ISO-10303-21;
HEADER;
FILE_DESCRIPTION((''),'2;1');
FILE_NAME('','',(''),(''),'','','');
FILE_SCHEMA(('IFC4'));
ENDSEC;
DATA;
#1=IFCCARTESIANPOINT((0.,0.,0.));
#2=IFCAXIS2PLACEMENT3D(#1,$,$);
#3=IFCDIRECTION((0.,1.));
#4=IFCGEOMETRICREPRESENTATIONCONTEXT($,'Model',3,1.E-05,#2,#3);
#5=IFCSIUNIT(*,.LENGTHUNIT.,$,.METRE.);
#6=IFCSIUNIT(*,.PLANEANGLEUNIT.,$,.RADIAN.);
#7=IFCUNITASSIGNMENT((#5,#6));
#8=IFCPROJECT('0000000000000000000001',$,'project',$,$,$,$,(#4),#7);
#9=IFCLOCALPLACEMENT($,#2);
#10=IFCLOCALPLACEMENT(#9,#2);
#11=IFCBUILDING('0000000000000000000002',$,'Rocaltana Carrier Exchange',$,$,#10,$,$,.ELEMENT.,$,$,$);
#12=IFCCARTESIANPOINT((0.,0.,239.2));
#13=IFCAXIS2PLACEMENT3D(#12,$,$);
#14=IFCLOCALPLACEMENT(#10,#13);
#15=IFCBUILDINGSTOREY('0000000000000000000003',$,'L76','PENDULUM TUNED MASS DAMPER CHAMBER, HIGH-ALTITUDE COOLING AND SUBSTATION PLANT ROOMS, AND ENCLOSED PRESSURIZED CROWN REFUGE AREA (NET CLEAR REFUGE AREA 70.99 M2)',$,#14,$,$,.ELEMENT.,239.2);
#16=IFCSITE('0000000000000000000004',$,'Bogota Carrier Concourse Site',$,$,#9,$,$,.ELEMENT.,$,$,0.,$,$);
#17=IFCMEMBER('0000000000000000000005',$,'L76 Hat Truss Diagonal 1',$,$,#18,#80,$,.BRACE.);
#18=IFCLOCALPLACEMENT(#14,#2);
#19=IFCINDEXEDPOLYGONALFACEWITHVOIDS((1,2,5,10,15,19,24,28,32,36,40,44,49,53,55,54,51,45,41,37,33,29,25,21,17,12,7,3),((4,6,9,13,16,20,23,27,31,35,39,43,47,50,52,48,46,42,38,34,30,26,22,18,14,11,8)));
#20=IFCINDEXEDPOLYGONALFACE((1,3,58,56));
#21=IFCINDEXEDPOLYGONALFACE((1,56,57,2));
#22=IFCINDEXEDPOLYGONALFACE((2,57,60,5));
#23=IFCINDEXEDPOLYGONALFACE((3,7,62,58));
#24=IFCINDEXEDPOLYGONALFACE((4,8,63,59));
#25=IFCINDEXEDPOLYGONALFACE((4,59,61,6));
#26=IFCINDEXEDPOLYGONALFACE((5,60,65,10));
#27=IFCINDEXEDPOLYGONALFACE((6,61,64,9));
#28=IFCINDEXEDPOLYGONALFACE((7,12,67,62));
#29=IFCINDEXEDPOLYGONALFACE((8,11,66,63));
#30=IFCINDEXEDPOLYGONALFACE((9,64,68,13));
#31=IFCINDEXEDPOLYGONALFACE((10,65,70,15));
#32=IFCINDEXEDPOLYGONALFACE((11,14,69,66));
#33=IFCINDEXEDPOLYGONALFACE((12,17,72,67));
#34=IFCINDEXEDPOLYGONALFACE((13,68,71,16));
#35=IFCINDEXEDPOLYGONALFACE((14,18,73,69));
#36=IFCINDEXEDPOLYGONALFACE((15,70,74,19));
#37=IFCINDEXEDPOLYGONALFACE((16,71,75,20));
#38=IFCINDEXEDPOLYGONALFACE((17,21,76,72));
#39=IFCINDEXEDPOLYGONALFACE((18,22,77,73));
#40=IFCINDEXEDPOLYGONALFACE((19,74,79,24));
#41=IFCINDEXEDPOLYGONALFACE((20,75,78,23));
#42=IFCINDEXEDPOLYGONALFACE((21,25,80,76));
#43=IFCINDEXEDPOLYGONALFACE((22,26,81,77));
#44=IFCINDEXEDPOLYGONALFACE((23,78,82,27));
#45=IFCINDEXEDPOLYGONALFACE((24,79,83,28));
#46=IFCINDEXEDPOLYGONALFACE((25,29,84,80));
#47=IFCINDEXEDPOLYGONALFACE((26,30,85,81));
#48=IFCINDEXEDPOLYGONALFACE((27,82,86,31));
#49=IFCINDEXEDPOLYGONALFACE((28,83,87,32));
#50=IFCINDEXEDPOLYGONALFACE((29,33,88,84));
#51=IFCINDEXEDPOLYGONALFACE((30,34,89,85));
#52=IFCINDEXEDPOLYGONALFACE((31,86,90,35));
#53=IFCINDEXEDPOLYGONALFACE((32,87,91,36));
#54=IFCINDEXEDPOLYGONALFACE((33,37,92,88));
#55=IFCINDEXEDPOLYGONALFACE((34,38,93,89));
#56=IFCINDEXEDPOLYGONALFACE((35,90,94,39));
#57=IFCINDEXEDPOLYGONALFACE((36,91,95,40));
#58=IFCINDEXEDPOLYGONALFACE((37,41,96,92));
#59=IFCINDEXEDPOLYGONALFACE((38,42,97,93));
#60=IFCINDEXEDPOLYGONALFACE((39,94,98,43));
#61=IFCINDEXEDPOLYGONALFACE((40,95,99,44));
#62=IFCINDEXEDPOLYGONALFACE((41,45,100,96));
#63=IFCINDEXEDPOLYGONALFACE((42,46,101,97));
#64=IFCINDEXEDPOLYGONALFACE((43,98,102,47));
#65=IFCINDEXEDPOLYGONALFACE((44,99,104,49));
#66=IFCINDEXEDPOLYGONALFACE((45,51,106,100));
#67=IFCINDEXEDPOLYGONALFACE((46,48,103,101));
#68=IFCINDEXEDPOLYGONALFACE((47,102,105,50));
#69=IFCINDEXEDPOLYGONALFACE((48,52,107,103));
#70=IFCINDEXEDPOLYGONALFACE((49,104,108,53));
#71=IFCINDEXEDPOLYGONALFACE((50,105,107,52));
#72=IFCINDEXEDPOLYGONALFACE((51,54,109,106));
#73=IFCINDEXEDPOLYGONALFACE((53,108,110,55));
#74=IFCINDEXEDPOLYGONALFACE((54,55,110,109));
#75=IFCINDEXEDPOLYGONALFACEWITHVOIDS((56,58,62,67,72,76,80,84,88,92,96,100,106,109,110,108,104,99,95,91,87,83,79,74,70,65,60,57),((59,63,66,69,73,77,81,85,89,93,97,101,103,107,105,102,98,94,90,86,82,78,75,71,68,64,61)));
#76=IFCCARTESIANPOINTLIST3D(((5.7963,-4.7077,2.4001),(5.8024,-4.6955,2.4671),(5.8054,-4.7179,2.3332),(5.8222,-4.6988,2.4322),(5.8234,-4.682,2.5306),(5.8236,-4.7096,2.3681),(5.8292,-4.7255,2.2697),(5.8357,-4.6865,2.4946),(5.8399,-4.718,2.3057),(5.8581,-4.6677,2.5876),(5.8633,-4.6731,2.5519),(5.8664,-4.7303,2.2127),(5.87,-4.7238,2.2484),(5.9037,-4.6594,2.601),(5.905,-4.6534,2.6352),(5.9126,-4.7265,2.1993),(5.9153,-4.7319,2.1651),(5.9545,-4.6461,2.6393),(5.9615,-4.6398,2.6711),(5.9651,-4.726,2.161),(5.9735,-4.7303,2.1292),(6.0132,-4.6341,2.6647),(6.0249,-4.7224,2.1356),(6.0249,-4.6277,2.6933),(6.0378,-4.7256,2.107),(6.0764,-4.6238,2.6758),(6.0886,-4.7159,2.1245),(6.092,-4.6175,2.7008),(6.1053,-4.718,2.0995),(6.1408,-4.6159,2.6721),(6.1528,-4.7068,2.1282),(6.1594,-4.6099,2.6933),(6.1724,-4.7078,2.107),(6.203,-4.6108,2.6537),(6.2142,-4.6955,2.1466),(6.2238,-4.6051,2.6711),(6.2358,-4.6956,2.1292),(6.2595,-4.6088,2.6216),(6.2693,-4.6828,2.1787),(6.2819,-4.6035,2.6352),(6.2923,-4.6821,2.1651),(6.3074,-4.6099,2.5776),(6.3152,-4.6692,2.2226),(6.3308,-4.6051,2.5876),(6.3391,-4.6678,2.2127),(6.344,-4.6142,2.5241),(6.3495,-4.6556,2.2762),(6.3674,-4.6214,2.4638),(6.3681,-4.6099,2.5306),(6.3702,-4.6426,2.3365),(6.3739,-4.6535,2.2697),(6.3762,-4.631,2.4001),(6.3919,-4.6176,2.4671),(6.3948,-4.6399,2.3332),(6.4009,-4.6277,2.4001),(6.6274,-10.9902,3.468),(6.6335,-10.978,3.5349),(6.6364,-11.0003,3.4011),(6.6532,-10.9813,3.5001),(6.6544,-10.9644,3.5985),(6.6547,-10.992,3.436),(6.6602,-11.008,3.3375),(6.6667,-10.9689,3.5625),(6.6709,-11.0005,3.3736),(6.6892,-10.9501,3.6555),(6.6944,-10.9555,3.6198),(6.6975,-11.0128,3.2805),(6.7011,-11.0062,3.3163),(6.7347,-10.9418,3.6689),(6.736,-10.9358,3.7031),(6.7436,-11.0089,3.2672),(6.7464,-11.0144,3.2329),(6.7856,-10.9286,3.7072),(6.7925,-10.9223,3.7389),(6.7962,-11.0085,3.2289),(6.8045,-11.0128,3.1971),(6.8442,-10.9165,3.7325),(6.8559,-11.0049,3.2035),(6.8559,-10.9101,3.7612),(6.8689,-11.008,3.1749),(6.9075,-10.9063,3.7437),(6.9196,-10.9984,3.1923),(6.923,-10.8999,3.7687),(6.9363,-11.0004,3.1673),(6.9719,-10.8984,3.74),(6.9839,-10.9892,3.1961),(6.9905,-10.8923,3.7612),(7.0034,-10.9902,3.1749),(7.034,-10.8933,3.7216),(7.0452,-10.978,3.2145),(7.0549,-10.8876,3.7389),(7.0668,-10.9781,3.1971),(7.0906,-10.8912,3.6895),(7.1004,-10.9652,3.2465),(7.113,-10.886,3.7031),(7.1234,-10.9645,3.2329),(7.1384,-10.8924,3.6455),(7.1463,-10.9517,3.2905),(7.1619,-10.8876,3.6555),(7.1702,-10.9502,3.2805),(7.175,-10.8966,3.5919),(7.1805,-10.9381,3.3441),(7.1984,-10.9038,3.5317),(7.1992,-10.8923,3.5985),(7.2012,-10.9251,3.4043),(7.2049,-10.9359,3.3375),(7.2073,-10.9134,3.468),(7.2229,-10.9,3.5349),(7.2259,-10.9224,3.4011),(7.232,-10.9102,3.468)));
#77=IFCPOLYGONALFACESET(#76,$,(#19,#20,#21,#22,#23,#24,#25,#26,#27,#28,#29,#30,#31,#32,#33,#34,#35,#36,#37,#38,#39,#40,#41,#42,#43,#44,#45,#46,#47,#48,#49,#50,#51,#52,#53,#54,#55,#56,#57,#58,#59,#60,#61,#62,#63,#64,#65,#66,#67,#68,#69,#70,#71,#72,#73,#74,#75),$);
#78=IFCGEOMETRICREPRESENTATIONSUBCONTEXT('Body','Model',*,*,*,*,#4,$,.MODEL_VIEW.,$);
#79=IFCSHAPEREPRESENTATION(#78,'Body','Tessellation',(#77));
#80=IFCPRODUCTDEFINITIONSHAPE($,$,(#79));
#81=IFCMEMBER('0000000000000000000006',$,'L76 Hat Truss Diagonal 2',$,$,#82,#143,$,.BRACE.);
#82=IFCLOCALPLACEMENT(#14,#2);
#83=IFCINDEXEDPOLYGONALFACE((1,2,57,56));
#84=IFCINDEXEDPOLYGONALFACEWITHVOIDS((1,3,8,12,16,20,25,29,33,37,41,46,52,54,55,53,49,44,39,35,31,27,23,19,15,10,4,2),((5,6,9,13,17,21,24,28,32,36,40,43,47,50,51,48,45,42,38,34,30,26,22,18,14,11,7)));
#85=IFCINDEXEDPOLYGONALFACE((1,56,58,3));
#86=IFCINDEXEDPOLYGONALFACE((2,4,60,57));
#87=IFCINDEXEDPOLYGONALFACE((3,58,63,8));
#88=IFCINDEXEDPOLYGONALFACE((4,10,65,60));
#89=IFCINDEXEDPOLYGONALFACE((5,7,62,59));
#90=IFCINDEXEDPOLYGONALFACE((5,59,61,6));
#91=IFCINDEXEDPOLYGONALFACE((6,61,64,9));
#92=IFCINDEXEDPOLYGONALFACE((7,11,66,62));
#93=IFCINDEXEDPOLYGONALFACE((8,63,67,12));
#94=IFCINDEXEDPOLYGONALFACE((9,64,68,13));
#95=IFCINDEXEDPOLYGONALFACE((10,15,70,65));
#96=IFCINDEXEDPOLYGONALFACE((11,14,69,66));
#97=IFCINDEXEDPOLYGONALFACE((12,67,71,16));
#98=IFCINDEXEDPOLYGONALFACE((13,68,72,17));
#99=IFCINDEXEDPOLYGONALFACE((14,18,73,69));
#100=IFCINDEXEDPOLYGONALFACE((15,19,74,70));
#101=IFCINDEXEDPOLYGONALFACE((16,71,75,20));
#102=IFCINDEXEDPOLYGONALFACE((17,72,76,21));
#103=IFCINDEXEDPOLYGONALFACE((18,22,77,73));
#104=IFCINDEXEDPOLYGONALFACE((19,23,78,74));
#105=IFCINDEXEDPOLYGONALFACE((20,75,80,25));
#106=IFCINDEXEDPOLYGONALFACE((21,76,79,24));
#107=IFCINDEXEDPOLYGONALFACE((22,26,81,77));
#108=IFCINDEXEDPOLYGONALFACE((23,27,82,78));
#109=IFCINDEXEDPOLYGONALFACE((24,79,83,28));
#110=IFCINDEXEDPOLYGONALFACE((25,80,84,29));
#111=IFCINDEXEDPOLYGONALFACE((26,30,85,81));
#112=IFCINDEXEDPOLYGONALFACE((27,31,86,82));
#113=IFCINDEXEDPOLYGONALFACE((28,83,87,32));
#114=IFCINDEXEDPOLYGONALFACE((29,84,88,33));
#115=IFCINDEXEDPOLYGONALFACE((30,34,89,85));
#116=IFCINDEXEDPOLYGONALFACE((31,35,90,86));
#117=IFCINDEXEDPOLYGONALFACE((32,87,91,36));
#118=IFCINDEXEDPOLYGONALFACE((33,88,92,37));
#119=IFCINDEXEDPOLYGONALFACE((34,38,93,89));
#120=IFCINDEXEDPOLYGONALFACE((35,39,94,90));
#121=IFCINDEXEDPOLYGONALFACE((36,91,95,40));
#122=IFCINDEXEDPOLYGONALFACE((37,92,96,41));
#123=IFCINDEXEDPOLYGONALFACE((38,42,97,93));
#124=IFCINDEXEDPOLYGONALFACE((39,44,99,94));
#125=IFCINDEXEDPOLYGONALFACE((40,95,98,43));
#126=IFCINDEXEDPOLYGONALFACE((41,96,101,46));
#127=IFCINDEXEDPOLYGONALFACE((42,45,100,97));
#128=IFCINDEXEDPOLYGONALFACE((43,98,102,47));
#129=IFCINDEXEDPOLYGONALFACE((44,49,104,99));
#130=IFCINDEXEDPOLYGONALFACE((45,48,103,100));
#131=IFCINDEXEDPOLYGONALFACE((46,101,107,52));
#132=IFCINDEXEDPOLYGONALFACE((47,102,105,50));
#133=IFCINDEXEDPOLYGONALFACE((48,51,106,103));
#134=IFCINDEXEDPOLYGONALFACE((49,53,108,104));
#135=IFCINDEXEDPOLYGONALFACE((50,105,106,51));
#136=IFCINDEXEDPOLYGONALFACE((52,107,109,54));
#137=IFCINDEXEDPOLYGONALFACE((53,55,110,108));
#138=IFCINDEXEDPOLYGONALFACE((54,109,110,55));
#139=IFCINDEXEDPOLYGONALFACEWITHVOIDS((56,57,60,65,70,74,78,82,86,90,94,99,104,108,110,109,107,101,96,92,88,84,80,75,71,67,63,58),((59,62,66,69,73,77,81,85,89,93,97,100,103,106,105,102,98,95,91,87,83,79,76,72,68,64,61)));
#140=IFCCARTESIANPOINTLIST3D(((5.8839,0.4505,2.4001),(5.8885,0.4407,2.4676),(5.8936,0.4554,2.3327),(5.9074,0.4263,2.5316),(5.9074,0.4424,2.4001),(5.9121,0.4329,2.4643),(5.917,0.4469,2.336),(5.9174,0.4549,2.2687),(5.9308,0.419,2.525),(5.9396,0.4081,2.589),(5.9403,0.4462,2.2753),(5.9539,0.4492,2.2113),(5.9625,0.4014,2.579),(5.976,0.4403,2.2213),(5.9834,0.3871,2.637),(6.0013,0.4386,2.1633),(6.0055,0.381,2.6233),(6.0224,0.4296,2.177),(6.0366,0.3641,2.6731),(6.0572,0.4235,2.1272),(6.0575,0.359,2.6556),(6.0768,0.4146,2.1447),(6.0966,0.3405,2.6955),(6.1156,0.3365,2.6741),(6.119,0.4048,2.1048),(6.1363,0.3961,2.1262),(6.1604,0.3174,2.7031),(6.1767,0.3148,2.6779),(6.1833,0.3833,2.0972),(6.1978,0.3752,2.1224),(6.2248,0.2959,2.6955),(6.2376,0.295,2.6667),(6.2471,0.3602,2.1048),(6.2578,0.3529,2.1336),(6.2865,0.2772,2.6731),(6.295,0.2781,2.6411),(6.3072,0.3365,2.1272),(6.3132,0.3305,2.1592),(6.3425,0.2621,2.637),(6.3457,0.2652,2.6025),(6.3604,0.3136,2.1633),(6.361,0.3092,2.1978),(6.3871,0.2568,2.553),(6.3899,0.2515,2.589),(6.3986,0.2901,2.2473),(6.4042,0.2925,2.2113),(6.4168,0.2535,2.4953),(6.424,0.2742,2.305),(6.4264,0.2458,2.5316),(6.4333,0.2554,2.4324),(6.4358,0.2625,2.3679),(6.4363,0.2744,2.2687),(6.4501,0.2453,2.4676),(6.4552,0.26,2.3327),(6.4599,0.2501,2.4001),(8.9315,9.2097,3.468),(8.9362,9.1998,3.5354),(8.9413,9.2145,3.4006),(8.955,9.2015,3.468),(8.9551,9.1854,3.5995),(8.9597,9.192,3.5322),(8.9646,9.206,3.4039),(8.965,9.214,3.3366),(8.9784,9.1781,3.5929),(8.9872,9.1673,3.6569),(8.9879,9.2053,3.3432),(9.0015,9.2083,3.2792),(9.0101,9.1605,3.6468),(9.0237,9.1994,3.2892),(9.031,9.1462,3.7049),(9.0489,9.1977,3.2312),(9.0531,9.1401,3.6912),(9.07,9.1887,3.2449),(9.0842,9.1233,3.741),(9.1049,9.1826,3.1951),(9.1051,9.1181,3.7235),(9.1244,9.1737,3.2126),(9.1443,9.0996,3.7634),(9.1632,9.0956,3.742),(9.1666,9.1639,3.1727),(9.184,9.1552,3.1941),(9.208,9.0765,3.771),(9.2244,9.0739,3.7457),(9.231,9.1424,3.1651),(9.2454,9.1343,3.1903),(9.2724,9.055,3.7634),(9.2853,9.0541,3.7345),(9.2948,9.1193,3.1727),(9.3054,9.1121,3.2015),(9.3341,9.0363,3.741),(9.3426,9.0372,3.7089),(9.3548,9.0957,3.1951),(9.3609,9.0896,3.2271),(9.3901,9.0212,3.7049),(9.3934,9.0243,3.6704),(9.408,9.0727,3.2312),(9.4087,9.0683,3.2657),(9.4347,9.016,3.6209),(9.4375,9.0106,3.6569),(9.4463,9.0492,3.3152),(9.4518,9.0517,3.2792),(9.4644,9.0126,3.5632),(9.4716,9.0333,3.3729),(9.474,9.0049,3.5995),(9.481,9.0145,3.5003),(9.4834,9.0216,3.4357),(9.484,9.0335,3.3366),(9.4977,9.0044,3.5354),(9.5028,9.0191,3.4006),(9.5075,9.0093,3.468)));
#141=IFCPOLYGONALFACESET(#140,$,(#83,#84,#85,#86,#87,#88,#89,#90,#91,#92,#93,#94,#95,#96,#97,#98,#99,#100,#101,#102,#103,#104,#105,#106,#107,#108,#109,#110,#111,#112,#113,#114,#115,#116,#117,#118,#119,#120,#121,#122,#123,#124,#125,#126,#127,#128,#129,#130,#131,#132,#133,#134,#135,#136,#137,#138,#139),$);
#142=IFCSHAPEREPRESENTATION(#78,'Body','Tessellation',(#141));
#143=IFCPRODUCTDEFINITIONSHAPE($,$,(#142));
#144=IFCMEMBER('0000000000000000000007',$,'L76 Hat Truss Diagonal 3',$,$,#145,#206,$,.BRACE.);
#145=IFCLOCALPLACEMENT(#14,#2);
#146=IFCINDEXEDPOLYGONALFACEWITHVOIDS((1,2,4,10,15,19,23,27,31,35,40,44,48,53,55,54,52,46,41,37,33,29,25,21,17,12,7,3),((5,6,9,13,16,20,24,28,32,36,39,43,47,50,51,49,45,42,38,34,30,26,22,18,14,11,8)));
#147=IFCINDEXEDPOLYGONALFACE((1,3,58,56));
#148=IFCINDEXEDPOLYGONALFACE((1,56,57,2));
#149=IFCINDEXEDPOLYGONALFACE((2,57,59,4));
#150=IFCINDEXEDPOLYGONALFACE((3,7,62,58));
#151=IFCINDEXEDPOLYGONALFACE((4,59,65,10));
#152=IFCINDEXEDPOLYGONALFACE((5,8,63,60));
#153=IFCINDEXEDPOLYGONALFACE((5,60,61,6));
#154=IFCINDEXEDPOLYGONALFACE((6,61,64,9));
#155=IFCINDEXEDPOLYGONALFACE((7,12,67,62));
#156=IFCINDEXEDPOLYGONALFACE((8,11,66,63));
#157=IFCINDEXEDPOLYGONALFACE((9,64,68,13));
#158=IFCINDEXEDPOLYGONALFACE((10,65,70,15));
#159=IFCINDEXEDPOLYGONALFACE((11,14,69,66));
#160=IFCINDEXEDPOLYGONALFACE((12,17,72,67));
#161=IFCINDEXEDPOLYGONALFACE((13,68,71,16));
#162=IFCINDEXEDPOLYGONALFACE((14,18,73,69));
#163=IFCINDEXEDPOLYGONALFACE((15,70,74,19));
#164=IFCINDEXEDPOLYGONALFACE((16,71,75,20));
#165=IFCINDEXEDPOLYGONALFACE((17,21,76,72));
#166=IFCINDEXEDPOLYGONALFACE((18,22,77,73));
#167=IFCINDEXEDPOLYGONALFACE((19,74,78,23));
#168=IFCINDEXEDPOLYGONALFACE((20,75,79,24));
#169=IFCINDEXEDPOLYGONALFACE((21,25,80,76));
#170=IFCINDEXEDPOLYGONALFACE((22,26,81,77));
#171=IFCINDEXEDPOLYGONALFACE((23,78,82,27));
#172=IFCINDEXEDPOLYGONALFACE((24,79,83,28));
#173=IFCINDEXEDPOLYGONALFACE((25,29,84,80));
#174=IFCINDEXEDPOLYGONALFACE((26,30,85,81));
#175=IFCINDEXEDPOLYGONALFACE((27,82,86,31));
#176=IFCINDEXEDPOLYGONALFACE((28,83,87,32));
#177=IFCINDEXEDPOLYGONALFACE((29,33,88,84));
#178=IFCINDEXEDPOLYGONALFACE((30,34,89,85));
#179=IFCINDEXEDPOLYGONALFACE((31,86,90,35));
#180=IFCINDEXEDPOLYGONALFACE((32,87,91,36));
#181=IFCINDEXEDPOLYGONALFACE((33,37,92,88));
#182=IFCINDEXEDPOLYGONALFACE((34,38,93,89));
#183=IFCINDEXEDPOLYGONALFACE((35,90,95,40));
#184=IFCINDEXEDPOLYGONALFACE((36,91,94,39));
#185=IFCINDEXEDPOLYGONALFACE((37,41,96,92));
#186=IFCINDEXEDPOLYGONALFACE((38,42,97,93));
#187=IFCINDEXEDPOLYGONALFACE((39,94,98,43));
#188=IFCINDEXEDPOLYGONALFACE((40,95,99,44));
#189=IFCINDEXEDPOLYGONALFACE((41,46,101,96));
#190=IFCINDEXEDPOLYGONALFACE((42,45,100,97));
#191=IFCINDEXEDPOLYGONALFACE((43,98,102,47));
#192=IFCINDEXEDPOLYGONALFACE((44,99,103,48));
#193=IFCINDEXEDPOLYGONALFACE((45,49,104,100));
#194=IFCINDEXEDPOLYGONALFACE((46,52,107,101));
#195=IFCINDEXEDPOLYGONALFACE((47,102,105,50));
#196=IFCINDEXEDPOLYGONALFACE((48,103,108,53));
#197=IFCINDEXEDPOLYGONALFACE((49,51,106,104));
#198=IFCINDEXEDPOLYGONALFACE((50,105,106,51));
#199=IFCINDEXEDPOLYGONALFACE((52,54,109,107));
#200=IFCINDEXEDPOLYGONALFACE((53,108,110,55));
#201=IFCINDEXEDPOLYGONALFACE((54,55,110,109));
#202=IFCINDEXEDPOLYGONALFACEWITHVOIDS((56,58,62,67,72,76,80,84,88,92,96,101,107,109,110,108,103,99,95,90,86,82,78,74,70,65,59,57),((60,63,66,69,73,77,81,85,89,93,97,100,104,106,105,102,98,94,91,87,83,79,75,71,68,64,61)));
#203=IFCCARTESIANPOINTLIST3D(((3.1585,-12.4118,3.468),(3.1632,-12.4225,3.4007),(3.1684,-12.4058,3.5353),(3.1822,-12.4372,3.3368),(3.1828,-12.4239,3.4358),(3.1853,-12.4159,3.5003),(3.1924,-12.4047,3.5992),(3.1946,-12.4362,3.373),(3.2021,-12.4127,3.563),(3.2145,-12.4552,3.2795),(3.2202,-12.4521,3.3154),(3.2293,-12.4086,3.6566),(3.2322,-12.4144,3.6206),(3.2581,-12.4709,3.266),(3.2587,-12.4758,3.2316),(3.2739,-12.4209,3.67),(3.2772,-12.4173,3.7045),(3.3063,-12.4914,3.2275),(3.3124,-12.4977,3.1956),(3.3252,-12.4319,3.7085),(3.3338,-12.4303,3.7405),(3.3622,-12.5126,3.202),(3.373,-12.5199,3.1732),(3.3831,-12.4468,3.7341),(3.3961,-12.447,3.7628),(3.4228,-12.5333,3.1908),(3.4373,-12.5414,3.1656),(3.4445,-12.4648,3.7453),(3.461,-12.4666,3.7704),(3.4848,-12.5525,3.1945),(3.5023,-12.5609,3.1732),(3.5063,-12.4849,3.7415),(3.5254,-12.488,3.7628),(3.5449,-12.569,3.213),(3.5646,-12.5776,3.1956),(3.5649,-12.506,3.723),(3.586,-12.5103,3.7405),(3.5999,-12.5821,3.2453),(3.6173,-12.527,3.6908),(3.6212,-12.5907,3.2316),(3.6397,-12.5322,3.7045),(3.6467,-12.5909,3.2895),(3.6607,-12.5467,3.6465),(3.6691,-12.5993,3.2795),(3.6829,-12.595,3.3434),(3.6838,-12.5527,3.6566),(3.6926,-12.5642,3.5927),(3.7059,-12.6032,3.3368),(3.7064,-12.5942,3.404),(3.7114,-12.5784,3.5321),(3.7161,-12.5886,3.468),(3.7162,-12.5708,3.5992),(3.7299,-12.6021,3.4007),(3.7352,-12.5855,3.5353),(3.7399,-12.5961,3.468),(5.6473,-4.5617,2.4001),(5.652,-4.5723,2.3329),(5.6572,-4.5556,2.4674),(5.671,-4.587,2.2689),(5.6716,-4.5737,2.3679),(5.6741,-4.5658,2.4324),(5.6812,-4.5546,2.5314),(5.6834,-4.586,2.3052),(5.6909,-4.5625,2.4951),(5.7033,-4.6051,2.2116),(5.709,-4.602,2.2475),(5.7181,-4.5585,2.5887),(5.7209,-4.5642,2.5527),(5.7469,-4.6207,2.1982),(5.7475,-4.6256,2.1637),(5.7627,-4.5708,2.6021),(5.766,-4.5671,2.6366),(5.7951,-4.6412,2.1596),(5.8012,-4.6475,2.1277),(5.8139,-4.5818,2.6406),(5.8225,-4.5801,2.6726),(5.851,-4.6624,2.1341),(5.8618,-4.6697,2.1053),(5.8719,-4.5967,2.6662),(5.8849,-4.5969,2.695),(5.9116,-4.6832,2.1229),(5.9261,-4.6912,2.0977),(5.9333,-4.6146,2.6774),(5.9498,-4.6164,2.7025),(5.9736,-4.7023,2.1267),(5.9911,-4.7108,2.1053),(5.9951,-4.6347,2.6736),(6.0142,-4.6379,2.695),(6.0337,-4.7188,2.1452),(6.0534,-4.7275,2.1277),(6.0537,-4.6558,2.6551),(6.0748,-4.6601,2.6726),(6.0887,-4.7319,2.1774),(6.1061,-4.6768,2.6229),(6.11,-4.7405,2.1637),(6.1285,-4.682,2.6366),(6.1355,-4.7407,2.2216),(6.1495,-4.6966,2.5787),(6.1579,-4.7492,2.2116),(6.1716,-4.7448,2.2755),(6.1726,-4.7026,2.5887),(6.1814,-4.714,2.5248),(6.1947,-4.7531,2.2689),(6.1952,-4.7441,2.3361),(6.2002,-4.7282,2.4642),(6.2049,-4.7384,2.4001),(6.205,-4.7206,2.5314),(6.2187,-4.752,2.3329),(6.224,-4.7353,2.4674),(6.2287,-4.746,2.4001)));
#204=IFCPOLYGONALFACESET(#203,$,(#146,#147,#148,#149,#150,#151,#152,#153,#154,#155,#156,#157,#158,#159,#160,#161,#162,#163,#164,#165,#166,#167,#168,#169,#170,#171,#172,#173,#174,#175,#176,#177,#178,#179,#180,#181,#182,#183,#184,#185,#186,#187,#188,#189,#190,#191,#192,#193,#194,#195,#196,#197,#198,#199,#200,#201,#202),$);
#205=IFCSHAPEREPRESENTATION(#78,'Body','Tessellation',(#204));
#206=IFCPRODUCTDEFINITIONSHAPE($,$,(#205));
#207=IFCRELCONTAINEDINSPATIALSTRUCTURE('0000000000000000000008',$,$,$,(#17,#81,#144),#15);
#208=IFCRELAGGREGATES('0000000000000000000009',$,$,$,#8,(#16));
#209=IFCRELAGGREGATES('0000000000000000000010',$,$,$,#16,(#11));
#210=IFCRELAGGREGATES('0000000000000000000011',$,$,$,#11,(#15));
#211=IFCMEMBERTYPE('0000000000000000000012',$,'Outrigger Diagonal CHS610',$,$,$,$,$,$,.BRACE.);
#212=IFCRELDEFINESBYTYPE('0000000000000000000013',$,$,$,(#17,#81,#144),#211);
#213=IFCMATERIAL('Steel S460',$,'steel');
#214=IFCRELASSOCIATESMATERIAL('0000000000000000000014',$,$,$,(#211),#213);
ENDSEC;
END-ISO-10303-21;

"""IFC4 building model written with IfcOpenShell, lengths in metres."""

from ifc_helpers import new_model, si_unit, direction, frame, origin, origin_2d, place, context, subcontext, project, spatial, hollow_circle, extrude, material, material_profile, profile_set, type_object, element, save


model = new_model("IFC4")

# Units and contexts
model_context = context("Model", 3, precision=1e-05, world=origin(), true_north=direction((0.0, 1.0)))
body_context = subcontext(model_context, "Body", "Model", "MODEL_VIEW")
ifc_project = project(units=[si_unit("LENGTHUNIT", "METRE"), si_unit("PLANEANGLEUNIT", "RADIAN")], contexts=[model_context])

# Site, building, storey
site_placement = place(None, origin())
site = spatial("IfcSite", under=ifc_project, at=site_placement, Name="Bogota Carrier Concourse Site", CompositionType="ELEMENT", RefElevation=0.0)
building_placement = place(site_placement, origin())
building = spatial("IfcBuilding", under=site, at=building_placement, Name="Rocaltana Carrier Exchange", CompositionType="ELEMENT")
storey_placement = place(building_placement, frame((0.0, 0.0, 239.2)))
storey = spatial("IfcBuildingStorey", under=building, at=storey_placement, Name="L76", Description="PENDULUM TUNED MASS DAMPER CHAMBER, HIGH-ALTITUDE COOLING AND SUBSTATION PLANT ROOMS, AND ENCLOSED PRESSURIZED CROWN REFUGE AREA (NET CLEAR REFUGE AREA 70.99 M2)", CompositionType="ELEMENT", Elevation=239.2)

# Members
ifc_material_1 = material(Name="Steel S460", Category="steel")
ifc_material_profile_1 = material_profile(ifc_material_1, hollow_circle(Radius=0.3049, WallThickness=0.0249, at=origin_2d()), Name="CHS610X25")
ifc_profile_set_1 = profile_set([ifc_material_profile_1], Name="Steel S460")
member_type_1 = type_object("IfcMemberType", Name="Outrigger Diagonal CHS610", PredefinedType="BRACE", material=ifc_profile_set_1)
member_1_placement = place(storey_placement, frame((6.0986, -4.6677, 2.4001), z_axis=(0.129316, -0.977582, 0.166166), x_axis=(0.991364, 0.131139, 0.0)))
element("IfcMember", 1, at=member_1_placement, inside=storey, type_object=member_type_1, Name="L76 Hat Truss Diagonal 1", PredefinedType="BRACE", context=body_context, shape_type="SweptSolid", body=[
    extrude(hollow_circle(Radius=0.3049, WallThickness=0.0249, at=origin_2d()), origin(), (0.0, 0.0, 1.0), 6.4265),
])
member_2_placement = place(storey_placement, frame((6.1719, 0.3503, 2.4001), z_axis=(0.326459, 0.938264, 0.11439), x_axis=(-0.944464, 0.328616, 0.0)))
element("IfcMember", 2, at=member_2_placement, inside=storey, type_object=member_type_1, Name="L76 Hat Truss Diagonal 2", PredefinedType="BRACE", context=body_context, shape_type="SweptSolid", body=[
    extrude(hollow_circle(Radius=0.3049, WallThickness=0.0249, at=origin_2d()), origin(), (0.0, 0.0, 1.0), 9.3354),
])
member_3_placement = place(storey_placement, frame((5.938, -4.6538, 2.4001), z_axis=(-0.299703, -0.945326, 0.128595), x_axis=(0.953241, -0.302212, 0.0)))
element("IfcMember", 3, at=member_3_placement, inside=storey, type_object=member_type_1, Name="L76 Hat Truss Diagonal 3", PredefinedType="BRACE", context=body_context, shape_type="SweptSolid", body=[
    extrude(hollow_circle(Radius=0.3049, WallThickness=0.0249, at=origin_2d()), origin(), (0.0, 0.0, 1.0), 8.3042),
])

save(model, "model.ifc")
